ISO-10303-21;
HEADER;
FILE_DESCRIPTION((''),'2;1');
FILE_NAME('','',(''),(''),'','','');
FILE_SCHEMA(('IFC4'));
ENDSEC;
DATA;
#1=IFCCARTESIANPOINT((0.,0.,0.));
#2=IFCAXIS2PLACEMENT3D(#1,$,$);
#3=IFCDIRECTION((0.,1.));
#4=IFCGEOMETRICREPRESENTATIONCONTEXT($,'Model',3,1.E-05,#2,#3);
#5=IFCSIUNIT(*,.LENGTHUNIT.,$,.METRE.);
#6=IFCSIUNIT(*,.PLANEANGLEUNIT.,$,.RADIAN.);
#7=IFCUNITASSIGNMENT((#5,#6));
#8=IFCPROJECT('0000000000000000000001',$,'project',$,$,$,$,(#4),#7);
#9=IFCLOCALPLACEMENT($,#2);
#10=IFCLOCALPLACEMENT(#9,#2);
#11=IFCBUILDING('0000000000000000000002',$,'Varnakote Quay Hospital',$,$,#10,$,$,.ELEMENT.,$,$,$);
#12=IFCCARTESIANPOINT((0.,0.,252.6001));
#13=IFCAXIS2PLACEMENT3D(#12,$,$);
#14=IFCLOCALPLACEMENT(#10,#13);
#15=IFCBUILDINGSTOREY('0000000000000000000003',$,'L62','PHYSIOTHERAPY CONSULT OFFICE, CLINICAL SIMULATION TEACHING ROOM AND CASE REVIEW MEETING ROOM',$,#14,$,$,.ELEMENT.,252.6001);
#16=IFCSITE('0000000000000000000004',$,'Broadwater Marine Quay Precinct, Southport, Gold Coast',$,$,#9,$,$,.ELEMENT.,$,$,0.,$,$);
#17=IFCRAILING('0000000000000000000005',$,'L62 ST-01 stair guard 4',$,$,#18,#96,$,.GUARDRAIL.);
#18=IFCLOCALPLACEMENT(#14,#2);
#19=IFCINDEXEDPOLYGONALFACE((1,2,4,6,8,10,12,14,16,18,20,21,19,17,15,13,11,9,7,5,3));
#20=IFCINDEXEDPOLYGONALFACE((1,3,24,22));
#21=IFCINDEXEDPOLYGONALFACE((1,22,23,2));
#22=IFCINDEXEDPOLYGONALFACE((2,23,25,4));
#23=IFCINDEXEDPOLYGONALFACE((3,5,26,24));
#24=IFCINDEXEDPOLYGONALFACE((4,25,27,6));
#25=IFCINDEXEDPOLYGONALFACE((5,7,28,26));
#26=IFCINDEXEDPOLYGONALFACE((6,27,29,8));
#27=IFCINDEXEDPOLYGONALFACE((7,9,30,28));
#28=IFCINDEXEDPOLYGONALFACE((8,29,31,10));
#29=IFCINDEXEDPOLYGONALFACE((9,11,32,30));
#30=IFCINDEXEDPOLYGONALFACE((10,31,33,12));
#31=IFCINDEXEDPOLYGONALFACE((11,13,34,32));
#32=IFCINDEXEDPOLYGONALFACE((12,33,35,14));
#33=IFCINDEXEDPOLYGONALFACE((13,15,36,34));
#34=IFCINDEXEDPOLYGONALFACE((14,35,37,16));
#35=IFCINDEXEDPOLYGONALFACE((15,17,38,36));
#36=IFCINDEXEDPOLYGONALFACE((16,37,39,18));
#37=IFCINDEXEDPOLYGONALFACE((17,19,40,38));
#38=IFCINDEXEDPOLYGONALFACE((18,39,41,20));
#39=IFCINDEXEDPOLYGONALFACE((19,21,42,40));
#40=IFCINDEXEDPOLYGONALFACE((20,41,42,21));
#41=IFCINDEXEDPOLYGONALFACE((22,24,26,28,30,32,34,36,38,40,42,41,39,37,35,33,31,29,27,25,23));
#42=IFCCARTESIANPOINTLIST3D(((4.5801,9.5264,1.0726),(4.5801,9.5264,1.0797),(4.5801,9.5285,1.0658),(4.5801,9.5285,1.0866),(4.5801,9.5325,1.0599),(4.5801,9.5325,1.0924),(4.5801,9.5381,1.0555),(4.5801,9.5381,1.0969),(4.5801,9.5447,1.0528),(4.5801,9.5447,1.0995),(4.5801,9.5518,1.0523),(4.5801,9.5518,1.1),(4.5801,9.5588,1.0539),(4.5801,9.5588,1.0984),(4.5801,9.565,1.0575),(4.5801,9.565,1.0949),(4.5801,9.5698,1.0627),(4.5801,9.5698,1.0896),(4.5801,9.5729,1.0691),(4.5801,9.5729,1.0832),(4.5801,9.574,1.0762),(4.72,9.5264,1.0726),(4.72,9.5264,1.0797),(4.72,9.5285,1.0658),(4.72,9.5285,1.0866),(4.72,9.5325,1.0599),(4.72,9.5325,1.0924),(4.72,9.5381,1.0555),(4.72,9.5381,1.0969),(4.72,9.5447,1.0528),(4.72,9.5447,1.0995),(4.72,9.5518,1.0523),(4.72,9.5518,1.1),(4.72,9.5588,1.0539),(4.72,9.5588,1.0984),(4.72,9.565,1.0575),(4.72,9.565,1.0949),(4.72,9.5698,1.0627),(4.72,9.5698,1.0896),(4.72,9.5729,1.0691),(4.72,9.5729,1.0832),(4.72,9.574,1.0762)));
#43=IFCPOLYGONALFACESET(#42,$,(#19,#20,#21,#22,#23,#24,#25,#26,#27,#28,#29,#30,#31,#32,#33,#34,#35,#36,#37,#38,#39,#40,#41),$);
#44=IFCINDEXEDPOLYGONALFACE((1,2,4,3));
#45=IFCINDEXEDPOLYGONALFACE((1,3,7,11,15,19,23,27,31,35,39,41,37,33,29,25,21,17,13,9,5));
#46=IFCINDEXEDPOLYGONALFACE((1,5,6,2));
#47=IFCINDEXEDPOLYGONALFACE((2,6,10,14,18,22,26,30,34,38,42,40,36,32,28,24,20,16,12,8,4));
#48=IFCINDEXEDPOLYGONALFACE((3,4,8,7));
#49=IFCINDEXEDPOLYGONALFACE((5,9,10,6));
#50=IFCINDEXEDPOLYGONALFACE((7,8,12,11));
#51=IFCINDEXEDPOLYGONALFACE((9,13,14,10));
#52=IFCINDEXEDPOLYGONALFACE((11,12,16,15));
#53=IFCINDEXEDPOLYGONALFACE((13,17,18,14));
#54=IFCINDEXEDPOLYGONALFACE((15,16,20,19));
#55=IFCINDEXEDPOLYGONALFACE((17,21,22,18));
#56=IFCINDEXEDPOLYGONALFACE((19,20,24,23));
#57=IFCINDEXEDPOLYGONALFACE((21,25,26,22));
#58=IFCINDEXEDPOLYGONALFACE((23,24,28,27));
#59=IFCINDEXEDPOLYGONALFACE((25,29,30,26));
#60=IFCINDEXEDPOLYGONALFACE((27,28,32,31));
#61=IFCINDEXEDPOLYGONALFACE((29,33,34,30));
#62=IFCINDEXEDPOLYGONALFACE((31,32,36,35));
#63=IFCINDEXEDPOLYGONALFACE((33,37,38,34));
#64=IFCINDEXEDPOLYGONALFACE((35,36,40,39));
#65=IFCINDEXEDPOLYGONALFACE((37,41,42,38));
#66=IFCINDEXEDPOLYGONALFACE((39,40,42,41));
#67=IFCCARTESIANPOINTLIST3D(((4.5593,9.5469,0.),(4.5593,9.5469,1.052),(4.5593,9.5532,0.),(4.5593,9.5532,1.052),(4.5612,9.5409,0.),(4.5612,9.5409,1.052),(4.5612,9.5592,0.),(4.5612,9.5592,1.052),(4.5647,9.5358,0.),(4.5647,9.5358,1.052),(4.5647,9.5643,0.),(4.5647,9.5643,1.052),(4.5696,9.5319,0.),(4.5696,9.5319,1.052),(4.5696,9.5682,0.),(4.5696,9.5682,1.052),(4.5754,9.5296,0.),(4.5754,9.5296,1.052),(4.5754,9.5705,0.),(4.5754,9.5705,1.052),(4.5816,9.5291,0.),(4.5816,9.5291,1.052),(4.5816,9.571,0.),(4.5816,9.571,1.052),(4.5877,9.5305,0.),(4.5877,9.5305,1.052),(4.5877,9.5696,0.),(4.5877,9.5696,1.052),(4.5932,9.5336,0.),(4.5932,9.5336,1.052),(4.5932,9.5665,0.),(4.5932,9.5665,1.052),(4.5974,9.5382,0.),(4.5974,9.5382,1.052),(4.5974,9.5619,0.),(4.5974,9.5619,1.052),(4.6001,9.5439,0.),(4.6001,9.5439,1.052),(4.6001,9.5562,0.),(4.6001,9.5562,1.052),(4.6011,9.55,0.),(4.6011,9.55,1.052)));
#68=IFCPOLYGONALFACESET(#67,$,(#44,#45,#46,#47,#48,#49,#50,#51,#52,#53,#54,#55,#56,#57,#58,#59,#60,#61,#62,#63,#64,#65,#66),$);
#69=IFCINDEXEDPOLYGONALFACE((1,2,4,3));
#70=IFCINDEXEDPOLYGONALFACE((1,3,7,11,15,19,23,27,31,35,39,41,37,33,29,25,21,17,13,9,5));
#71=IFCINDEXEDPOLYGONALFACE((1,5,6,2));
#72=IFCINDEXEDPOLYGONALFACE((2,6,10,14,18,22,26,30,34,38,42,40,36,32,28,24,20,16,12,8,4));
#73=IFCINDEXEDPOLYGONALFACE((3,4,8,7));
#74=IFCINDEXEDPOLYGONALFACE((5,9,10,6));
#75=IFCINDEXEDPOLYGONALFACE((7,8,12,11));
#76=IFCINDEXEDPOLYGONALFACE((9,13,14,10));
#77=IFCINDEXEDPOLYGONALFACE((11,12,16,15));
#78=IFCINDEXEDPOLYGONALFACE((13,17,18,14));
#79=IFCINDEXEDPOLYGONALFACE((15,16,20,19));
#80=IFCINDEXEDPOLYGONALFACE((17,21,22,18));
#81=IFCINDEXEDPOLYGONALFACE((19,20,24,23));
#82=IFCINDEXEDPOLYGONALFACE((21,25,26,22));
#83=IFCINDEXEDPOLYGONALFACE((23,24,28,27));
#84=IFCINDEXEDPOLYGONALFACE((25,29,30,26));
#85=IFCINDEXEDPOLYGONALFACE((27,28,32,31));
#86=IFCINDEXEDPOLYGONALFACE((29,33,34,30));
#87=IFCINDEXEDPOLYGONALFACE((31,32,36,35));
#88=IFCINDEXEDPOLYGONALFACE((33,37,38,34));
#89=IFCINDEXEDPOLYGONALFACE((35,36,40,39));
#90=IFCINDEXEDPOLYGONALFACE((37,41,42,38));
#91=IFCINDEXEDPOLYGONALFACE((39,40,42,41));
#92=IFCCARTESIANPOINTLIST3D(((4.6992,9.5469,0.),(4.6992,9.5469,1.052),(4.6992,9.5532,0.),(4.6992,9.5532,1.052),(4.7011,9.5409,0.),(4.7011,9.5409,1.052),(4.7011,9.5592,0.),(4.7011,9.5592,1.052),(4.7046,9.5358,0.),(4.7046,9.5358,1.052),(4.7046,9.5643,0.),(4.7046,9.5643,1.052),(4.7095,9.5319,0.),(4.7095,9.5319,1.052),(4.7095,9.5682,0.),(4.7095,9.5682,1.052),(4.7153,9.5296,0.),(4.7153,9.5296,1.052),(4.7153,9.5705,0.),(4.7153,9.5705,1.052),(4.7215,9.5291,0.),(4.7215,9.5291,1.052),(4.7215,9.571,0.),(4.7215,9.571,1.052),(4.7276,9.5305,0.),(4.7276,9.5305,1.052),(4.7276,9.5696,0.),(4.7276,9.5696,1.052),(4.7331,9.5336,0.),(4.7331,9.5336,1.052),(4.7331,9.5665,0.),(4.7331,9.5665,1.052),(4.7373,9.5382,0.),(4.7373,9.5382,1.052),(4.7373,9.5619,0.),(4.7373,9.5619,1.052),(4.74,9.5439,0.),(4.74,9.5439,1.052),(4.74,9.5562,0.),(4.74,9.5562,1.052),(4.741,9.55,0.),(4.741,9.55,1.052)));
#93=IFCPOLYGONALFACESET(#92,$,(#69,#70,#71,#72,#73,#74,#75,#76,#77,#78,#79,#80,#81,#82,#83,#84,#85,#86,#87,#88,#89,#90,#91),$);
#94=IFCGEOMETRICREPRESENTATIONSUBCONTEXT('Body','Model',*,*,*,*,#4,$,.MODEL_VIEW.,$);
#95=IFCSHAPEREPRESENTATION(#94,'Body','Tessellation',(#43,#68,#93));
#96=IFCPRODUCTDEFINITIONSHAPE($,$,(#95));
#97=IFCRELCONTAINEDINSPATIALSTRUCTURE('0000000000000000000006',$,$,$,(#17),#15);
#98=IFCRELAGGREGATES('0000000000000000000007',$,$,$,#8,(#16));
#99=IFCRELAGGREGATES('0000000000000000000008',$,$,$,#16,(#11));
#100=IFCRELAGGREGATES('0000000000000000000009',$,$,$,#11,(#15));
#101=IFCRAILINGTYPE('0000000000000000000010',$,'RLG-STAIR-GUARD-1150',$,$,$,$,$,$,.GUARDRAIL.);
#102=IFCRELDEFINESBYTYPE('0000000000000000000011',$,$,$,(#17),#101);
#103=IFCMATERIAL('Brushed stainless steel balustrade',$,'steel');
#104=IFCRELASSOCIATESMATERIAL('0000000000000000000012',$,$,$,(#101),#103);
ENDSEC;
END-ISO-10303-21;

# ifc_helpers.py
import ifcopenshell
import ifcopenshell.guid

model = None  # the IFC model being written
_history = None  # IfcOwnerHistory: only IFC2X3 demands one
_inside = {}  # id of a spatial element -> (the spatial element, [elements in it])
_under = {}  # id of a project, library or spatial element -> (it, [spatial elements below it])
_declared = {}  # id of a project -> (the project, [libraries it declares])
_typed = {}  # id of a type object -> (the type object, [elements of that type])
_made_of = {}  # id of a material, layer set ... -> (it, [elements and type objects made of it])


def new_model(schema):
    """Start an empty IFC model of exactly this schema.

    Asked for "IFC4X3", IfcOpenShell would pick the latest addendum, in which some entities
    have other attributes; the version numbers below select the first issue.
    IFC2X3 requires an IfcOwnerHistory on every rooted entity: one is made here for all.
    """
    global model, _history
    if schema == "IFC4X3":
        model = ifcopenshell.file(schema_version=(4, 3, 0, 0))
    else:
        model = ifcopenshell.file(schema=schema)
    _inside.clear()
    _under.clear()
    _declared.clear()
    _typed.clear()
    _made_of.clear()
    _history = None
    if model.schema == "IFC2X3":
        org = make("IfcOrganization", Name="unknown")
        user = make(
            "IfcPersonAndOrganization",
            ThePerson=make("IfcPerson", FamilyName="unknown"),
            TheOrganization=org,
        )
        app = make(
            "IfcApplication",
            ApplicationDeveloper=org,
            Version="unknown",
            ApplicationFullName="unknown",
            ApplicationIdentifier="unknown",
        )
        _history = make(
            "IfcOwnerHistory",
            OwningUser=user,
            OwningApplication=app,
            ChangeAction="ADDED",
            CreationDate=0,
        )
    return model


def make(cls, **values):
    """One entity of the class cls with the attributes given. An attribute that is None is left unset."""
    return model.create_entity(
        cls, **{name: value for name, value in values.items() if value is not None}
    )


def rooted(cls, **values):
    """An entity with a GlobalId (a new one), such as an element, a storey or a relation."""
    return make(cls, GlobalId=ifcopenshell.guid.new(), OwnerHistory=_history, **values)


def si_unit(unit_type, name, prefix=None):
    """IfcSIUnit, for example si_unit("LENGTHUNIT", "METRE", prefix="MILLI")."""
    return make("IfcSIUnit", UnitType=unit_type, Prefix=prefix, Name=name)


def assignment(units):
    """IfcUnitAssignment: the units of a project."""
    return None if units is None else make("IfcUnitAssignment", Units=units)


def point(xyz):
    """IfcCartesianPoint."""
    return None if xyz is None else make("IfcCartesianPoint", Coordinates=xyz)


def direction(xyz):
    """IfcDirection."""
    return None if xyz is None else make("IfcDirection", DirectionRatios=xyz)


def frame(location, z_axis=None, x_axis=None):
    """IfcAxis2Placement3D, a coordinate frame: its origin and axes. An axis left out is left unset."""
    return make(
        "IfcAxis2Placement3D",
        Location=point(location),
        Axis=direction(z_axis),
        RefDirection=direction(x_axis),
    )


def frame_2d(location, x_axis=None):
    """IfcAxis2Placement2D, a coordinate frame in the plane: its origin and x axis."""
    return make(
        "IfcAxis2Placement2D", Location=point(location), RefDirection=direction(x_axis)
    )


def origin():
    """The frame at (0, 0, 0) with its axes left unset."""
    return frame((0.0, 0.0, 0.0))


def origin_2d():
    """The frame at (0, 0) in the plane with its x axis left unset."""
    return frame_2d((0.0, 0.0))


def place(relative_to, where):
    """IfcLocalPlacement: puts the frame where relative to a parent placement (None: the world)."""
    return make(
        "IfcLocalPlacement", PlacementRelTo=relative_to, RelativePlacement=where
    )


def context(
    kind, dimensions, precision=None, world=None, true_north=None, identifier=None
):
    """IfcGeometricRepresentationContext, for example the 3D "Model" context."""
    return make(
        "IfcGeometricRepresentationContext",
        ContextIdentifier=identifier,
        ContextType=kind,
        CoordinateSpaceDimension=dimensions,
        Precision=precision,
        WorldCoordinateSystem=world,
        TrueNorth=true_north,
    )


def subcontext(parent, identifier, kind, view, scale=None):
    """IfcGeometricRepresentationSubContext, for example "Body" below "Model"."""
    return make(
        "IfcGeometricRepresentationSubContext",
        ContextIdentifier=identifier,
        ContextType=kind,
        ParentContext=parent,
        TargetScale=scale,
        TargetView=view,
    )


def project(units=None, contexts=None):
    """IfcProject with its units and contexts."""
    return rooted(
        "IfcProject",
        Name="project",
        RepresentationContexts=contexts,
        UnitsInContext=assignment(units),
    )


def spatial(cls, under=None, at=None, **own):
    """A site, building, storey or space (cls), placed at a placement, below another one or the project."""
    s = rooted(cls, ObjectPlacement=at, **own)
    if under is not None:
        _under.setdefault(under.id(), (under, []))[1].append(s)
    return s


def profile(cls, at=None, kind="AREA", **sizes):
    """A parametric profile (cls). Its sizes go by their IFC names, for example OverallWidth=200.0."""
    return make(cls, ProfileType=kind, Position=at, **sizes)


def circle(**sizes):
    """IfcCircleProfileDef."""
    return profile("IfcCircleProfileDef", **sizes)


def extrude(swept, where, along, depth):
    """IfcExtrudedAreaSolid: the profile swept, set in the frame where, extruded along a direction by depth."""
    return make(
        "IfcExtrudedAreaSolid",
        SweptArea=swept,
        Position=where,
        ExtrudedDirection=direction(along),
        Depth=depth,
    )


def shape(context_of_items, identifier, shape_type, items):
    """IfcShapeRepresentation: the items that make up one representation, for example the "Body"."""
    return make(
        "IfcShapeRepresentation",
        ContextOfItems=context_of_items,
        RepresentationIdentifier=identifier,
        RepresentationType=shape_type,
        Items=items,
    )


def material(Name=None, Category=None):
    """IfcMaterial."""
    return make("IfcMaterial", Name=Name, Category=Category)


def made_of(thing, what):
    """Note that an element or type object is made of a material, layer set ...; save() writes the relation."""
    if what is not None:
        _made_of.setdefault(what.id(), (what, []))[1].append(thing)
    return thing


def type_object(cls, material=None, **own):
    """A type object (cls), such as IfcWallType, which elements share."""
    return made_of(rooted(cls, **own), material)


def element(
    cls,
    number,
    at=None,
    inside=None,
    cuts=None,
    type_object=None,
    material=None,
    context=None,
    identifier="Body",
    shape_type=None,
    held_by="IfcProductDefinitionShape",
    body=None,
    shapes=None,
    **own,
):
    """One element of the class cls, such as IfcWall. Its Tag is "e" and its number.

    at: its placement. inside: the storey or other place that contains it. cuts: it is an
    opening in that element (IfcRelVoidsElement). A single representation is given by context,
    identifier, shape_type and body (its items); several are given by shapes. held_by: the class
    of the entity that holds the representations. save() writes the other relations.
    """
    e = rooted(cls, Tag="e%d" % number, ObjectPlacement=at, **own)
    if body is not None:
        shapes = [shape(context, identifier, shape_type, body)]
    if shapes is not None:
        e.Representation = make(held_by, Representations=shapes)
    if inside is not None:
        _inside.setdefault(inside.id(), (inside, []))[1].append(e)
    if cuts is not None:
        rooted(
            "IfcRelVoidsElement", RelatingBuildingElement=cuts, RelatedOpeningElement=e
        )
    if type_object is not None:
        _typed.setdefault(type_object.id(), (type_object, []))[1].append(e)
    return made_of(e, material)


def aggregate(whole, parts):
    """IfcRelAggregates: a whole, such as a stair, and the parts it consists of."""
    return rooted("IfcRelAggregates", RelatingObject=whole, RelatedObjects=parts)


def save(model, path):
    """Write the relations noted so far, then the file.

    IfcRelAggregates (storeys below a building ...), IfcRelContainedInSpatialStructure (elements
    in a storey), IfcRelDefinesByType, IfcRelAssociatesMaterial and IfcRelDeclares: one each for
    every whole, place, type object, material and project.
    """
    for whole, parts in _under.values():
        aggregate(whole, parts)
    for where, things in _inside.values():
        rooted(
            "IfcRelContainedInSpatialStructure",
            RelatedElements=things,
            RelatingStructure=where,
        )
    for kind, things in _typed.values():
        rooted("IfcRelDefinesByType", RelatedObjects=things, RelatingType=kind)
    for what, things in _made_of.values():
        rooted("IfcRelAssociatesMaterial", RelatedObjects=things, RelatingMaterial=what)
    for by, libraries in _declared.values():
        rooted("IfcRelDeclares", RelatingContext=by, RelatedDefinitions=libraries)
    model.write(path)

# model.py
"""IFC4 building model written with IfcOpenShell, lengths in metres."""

from ifc_helpers import new_model, si_unit, direction, frame, origin, origin_2d, place, context, subcontext, project, spatial, circle, extrude, material, type_object, element, save


model = new_model("IFC4")

# Units and contexts
model_context = context("Model", 3, precision=1e-05, world=origin(), true_north=direction((0.0, 1.0)))
body_context = subcontext(model_context, "Body", "Model", "MODEL_VIEW")
ifc_project = project(units=[si_unit("LENGTHUNIT", "METRE"), si_unit("PLANEANGLEUNIT", "RADIAN")], contexts=[model_context])

# Site, building, storey
site_placement = place(None, origin())
site = spatial("IfcSite", under=ifc_project, at=site_placement, Name="Broadwater Marine Quay Precinct, Southport, Gold Coast", CompositionType="ELEMENT", RefElevation=0.0)
building_placement = place(site_placement, origin())
building = spatial("IfcBuilding", under=site, at=building_placement, Name="Varnakote Quay Hospital", CompositionType="ELEMENT")
storey_placement = place(building_placement, frame((0.0, 0.0, 252.6001)))
storey = spatial("IfcBuildingStorey", under=building, at=storey_placement, Name="L62", Description="PHYSIOTHERAPY CONSULT OFFICE, CLINICAL SIMULATION TEACHING ROOM AND CASE REVIEW MEETING ROOM", CompositionType="ELEMENT", Elevation=252.6001)

# Railing
ifc_material_1 = material(Name="Brushed stainless steel balustrade", Category="steel")
railing_type_1 = type_object("IfcRailingType", Name="RLG-STAIR-GUARD-1150", PredefinedType="GUARDRAIL", material=ifc_material_1)
railing_1_placement = place(storey_placement, frame((4.5801, 9.55, 0.0)))
element("IfcRailing", 1, at=railing_1_placement, inside=storey, type_object=railing_type_1, Name="L62 ST-01 stair guard 4", PredefinedType="GUARDRAIL", context=body_context, shape_type="SweptSolid", body=[
    extrude(circle(Radius=0.0239, at=origin_2d()), frame((0.0, 0.0, 1.0762), z_axis=(1.0, 0.0, 0.0), x_axis=(0.0, 1.0, 0.0)), (0.0, 0.0, 1.0), 0.1399),
    extrude(circle(Radius=0.021, at=origin_2d()), origin(), (0.0, 0.0, 1.0), 1.052),
    extrude(circle(Radius=0.021, at=origin_2d()), frame((0.1399, 0.0, 0.0)), (0.0, 0.0, 1.0), 1.052),
])

save(model, "model.ifc")
